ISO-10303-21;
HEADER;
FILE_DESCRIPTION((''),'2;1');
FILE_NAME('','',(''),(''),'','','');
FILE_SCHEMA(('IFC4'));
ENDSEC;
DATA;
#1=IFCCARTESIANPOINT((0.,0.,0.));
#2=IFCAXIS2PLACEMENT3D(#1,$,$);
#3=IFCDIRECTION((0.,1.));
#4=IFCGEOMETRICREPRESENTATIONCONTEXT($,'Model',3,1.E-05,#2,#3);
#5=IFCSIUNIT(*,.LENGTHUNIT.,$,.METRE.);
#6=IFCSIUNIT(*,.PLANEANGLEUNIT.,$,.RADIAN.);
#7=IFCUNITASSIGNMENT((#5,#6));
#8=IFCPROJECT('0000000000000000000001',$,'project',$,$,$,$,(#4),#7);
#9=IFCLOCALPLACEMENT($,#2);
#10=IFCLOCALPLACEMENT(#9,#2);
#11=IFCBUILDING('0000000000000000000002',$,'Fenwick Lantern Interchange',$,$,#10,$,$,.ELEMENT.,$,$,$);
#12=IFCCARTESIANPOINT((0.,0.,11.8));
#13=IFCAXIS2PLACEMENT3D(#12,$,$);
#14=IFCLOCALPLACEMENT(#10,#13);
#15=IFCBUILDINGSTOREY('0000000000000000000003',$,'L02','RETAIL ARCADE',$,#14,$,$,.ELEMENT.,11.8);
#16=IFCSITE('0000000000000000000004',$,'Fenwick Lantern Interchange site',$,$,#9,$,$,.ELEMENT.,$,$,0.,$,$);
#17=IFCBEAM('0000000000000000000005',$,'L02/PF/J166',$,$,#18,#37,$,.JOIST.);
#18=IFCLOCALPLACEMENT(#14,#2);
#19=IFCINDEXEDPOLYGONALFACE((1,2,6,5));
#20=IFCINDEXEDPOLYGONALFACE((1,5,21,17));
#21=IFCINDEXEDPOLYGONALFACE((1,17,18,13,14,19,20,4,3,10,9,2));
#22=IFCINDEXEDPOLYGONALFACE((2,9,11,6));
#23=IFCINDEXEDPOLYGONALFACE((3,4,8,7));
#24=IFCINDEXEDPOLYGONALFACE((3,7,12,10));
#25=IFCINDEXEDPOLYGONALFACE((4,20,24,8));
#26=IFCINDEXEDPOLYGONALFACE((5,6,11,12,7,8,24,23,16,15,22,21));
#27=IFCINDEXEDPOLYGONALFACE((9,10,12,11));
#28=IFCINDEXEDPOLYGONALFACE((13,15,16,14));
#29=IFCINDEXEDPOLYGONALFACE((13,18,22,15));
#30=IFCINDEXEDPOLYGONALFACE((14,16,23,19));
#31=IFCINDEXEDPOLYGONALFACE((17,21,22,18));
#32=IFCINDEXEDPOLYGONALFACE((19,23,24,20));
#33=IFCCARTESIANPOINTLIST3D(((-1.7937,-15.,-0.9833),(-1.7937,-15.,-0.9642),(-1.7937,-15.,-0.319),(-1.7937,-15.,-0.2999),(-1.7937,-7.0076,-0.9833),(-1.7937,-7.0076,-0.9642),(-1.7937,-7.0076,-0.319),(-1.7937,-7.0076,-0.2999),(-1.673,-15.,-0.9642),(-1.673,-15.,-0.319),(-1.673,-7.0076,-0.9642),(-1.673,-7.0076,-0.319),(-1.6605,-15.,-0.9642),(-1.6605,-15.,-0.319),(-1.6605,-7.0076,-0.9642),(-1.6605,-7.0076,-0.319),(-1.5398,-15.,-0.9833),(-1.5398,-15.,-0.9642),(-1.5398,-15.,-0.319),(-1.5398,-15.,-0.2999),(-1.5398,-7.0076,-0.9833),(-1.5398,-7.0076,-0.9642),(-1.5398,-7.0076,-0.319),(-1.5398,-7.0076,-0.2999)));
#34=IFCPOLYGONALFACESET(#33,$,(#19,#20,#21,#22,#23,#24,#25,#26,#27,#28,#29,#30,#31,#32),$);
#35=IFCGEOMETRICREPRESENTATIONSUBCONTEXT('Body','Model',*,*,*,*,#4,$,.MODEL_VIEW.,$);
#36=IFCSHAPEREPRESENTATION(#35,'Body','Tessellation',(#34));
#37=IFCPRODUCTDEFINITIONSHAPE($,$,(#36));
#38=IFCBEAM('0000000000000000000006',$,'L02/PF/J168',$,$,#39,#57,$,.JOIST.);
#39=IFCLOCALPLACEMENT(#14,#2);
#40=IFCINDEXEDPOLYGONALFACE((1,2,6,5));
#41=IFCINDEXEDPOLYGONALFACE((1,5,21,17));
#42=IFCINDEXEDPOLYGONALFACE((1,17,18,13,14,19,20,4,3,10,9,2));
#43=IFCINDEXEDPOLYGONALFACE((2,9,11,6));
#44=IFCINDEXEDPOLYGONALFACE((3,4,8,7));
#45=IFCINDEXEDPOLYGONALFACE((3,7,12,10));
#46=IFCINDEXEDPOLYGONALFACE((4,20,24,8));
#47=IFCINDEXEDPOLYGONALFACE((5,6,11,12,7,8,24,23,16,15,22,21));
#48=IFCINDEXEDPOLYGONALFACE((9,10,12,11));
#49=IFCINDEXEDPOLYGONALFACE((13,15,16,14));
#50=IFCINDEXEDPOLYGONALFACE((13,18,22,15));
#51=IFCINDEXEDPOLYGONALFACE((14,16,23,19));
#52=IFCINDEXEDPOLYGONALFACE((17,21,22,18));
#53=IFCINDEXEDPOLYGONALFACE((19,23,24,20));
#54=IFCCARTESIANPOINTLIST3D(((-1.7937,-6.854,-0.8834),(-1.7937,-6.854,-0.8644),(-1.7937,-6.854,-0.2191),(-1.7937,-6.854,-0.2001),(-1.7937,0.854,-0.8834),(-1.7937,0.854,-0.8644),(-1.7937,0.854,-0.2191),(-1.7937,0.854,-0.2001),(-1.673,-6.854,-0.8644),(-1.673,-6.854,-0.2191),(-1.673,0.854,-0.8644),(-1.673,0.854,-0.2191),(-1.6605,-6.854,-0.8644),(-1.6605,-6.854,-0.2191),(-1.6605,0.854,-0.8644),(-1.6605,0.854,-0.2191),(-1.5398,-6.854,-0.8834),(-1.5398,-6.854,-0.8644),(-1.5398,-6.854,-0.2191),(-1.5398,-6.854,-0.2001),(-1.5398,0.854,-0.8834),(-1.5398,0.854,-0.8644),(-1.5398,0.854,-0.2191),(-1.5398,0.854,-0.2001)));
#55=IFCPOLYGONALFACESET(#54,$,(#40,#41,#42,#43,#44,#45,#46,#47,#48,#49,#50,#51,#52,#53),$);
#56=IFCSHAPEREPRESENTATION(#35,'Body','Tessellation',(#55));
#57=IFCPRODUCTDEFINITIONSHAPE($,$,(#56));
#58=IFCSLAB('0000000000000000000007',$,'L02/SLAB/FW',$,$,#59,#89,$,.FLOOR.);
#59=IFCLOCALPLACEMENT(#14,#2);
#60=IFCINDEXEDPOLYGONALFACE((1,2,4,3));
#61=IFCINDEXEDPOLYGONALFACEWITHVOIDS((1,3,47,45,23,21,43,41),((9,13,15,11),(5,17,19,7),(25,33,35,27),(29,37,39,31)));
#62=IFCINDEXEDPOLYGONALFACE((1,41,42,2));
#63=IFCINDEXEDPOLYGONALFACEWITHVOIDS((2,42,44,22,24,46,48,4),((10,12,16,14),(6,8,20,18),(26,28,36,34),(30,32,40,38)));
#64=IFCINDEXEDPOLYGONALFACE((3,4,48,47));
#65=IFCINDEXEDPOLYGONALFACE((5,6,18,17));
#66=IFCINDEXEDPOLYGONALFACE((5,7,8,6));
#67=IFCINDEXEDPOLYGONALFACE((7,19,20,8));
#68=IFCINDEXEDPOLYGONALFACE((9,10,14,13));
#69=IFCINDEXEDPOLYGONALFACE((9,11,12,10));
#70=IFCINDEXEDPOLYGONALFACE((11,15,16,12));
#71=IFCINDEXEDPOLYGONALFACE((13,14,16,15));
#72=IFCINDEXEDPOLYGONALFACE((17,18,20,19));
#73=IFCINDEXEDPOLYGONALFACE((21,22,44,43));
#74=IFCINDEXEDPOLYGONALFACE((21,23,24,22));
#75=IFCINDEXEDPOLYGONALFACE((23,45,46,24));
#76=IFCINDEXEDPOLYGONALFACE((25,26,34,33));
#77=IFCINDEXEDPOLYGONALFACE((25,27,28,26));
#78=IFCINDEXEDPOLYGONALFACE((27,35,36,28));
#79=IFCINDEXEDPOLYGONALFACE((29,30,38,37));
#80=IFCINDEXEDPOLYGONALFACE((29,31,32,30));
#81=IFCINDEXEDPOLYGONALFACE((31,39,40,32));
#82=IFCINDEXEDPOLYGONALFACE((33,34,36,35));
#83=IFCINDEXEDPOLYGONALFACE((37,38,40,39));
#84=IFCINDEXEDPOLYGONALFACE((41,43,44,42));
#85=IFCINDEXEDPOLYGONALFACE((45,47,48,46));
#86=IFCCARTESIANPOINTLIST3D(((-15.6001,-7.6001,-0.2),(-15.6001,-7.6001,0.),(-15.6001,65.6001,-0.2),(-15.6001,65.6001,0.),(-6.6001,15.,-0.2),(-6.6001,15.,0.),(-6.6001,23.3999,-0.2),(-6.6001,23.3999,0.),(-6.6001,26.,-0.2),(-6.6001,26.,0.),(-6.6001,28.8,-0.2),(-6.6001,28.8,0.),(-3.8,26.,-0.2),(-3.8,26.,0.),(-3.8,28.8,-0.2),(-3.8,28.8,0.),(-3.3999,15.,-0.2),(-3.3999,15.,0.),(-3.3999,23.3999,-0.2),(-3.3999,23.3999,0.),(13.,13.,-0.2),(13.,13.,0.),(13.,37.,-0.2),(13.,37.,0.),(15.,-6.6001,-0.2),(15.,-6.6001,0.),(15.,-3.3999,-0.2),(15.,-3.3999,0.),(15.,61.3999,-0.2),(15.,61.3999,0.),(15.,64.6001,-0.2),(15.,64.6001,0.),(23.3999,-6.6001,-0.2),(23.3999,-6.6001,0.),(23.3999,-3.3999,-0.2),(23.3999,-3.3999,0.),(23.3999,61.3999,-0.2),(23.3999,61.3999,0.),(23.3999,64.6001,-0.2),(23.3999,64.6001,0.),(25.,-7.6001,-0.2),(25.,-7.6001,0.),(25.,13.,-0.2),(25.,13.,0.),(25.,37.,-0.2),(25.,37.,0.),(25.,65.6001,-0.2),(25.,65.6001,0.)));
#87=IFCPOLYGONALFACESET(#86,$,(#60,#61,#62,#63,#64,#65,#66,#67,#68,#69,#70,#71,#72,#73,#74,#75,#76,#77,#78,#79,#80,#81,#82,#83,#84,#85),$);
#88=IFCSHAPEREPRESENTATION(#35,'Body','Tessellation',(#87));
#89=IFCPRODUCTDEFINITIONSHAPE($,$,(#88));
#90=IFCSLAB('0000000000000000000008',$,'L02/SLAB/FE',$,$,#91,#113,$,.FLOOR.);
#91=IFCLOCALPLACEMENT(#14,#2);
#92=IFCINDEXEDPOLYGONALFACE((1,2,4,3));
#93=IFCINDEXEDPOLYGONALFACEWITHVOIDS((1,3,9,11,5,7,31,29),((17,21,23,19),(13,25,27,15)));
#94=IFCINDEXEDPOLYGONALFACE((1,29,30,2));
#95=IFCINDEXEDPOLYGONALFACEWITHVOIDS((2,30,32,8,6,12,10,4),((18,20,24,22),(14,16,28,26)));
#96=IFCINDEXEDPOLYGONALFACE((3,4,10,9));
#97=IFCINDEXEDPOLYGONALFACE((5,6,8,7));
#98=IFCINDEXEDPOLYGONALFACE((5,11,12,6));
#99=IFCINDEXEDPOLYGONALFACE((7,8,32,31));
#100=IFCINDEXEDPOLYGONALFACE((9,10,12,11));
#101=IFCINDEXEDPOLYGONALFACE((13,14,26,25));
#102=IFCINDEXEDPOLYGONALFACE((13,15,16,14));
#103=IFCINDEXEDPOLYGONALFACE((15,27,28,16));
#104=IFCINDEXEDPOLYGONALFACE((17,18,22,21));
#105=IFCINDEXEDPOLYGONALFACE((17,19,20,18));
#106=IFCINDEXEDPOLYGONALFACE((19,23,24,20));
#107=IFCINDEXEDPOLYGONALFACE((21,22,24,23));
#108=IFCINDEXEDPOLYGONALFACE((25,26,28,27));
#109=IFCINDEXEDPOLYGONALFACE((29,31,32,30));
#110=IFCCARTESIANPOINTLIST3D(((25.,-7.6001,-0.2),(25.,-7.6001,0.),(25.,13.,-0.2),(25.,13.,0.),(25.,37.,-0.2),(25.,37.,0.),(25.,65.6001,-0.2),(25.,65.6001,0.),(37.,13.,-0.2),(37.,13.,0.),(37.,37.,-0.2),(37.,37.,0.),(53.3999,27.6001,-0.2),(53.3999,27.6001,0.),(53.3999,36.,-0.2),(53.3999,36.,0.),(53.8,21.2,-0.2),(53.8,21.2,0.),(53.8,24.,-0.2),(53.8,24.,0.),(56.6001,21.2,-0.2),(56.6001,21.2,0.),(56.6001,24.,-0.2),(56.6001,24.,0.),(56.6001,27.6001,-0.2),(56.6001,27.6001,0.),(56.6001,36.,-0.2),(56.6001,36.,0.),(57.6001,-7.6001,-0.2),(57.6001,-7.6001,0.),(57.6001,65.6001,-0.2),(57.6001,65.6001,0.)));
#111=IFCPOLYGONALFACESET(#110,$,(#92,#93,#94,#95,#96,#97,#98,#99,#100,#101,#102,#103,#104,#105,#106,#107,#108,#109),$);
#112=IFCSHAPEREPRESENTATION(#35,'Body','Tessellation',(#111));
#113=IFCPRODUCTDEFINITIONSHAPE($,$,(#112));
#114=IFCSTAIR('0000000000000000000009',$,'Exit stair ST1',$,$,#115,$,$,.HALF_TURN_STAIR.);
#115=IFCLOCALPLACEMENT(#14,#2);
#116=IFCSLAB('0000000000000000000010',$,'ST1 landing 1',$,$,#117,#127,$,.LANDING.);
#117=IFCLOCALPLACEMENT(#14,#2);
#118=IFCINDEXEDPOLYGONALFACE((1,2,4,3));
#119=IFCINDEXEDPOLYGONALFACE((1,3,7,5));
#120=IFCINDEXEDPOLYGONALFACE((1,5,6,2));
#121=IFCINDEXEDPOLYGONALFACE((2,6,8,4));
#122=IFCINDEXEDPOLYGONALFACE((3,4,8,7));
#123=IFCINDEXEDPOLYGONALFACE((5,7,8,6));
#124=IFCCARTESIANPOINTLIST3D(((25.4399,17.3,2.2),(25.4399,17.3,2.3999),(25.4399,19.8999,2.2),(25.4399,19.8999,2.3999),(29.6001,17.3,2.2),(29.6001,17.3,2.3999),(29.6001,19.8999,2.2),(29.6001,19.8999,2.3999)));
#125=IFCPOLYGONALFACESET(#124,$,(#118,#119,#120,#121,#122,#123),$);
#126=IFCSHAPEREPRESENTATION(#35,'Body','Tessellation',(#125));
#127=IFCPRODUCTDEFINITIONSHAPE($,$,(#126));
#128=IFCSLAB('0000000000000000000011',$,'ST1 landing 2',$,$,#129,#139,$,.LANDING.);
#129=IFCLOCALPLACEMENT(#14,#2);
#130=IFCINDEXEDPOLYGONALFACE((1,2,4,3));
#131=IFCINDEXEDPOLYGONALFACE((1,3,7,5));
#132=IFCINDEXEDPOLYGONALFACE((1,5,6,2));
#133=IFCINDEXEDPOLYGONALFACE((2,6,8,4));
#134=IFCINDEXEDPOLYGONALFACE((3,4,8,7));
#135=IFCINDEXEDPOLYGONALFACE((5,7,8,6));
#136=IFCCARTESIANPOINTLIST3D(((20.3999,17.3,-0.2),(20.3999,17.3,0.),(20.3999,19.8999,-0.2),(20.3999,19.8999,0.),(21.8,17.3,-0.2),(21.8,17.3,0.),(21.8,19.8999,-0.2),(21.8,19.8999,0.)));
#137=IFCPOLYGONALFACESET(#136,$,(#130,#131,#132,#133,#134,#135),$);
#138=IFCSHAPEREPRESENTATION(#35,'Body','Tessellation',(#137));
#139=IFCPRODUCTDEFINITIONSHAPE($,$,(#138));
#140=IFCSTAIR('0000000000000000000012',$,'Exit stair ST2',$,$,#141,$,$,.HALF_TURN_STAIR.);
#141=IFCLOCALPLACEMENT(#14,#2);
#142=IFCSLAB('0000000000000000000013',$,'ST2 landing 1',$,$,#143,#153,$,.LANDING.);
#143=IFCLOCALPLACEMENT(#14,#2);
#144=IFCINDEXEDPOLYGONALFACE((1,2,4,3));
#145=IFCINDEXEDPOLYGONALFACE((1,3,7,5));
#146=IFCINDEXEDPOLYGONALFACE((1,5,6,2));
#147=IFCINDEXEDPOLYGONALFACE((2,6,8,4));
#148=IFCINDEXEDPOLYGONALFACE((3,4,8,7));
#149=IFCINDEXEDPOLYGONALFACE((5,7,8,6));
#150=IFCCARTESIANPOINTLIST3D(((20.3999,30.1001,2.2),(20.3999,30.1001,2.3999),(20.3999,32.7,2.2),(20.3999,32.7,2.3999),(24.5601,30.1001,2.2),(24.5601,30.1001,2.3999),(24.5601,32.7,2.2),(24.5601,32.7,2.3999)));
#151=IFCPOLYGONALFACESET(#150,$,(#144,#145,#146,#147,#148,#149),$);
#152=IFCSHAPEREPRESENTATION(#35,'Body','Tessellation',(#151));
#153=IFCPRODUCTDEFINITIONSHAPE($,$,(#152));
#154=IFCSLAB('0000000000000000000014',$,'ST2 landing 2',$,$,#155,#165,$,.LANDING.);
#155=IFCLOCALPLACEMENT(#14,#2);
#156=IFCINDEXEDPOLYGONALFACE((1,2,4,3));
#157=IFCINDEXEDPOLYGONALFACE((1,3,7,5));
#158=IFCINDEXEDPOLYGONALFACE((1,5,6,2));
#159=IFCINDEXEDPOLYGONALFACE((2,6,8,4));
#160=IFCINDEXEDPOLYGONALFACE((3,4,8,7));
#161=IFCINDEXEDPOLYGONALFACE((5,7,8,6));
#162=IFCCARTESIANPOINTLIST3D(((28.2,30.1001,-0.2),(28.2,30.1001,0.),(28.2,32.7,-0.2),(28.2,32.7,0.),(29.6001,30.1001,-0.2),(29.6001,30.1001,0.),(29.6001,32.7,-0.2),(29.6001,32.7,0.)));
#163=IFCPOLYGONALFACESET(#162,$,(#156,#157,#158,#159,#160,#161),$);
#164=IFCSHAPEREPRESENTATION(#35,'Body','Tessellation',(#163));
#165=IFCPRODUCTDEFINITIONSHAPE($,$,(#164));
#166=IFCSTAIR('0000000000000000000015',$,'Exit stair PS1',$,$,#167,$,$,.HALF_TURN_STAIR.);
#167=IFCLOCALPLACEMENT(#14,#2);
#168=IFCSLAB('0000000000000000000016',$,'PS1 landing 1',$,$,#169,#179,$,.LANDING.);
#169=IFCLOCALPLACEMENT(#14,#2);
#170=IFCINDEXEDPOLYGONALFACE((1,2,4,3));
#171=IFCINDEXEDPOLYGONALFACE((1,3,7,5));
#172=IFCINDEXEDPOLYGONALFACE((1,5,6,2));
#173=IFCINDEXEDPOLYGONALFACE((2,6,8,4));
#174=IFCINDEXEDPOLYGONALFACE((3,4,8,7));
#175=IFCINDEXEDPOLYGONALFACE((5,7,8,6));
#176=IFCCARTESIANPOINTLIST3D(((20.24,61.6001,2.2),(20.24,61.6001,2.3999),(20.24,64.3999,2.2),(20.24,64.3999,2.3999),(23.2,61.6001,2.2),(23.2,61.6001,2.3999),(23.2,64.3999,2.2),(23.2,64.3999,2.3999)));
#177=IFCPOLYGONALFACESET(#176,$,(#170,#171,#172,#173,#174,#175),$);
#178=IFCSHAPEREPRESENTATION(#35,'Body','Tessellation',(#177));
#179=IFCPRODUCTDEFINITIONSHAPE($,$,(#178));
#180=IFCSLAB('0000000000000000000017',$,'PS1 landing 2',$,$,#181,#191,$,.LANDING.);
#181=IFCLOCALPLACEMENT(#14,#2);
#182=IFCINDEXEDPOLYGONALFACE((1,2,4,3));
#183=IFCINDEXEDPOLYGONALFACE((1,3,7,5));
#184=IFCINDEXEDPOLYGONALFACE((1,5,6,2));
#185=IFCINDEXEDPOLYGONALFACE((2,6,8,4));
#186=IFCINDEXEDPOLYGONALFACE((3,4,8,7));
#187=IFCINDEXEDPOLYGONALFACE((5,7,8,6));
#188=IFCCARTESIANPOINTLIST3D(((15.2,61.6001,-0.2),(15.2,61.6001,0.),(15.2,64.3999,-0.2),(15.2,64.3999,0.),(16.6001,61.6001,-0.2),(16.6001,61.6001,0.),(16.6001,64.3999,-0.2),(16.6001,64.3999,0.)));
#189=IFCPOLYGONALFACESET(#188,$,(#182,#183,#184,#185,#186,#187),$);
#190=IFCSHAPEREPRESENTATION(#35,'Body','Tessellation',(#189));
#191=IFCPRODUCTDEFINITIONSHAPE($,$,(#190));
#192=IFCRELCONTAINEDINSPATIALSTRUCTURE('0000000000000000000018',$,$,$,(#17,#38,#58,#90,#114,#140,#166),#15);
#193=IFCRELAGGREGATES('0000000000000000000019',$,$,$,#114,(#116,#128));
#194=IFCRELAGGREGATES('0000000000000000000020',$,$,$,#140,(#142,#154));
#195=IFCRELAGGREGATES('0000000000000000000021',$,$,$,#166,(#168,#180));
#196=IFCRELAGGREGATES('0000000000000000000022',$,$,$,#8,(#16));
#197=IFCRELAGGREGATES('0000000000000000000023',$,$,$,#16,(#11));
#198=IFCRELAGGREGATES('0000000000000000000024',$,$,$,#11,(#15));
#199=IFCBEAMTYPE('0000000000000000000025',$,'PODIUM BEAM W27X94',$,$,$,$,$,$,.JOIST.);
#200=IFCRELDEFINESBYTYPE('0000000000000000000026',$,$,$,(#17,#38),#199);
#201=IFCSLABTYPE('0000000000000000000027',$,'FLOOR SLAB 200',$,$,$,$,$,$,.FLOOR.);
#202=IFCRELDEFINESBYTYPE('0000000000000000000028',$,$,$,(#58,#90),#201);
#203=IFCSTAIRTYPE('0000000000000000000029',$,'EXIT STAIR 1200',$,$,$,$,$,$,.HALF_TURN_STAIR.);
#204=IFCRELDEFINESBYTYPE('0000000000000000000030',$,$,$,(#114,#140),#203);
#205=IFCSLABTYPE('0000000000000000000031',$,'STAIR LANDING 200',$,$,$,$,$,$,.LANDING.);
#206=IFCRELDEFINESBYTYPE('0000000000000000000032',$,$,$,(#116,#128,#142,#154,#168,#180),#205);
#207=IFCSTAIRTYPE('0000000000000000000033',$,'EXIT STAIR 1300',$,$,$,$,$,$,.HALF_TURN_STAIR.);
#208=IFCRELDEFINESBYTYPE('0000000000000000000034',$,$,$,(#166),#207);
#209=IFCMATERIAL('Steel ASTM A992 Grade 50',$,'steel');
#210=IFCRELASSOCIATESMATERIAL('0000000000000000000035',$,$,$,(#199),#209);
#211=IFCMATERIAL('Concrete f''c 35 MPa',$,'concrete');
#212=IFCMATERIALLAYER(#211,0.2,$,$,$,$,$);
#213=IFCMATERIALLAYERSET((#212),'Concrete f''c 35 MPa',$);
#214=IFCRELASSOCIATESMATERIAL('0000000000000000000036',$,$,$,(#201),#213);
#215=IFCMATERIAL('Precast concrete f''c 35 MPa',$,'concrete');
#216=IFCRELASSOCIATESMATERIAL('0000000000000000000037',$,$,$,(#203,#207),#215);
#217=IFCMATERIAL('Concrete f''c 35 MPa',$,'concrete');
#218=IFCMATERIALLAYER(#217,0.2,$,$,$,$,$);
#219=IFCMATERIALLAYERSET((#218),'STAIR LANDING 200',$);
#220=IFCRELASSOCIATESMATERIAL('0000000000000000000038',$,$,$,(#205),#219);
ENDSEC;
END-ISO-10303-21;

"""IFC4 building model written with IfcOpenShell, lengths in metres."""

from ifc_helpers import new_model, si_unit, direction, frame, origin, origin_2d, place, context, subcontext, project, spatial, polyline, i_section, outline, extrude, material, layer, layer_set, material_profile, profile_set, type_object, element, aggregate, save


model = new_model("IFC4")

# Units and contexts
model_context = context("Model", 3, precision=1e-05, world=origin(), true_north=direction((0.0, 1.0)))
body_context = subcontext(model_context, "Body", "Model", "MODEL_VIEW")
ifc_project = project(units=[si_unit("LENGTHUNIT", "METRE"), si_unit("PLANEANGLEUNIT", "RADIAN")], contexts=[model_context])

# Site, building, storey
site_placement = place(None, origin())
site = spatial("IfcSite", under=ifc_project, at=site_placement, Name="Fenwick Lantern Interchange site", CompositionType="ELEMENT", RefElevation=0.0)
building_placement = place(site_placement, origin())
building = spatial("IfcBuilding", under=site, at=building_placement, Name="Fenwick Lantern Interchange", CompositionType="ELEMENT")
storey_placement = place(building_placement, frame((0.0, 0.0, 11.8)))
storey = spatial("IfcBuildingStorey", under=building, at=storey_placement, Name="L02", Description="RETAIL ARCADE", CompositionType="ELEMENT", Elevation=11.8)

# Beams
ifc_material_1 = material(Name="Steel ASTM A992 Grade 50", Category="steel")
ifc_material_profile = material_profile(ifc_material_1, i_section(OverallWidth=0.2539, OverallDepth=0.6833, WebThickness=0.0125, FlangeThickness=0.019, at=origin_2d()), Name="W27X94")
ifc_profile_set = profile_set([ifc_material_profile], Name="Steel ASTM A992 Grade 50")
beam_type = type_object("IfcBeamType", Name="PODIUM BEAM W27X94", PredefinedType="JOIST", material=ifc_profile_set)
beam_1_placement = place(storey_placement, frame((-1.6667, -15.0, -0.6416), z_axis=(0.0, 1.0, 0.0), x_axis=(-1.0, 0.0, 0.0)))
element("IfcBeam", 1, at=beam_1_placement, inside=storey, type_object=beam_type, Name="L02/PF/J166", PredefinedType="JOIST", context=body_context, shape_type="SweptSolid", body=[
    extrude(i_section(OverallWidth=0.2539, OverallDepth=0.6833, WebThickness=0.0125, FlangeThickness=0.019, at=origin_2d()), origin(), (0.0, 0.0, 1.0), 7.9924),
])
beam_2_placement = place(storey_placement, frame((-1.6667, -6.854, -0.5417), z_axis=(0.0, 1.0, 0.0), x_axis=(-1.0, 0.0, 0.0)))
element("IfcBeam", 2, at=beam_2_placement, inside=storey, type_object=beam_type, Name="L02/PF/J168", PredefinedType="JOIST", context=body_context, shape_type="SweptSolid", body=[
    extrude(i_section(OverallWidth=0.2539, OverallDepth=0.6833, WebThickness=0.0125, FlangeThickness=0.019, at=origin_2d()), origin(), (0.0, 0.0, 1.0), 7.708),
])

# Slabs
ifc_material_2 = material(Name="Concrete f'c 35 MPa", Category="concrete")
ifc_layer_1 = layer(ifc_material_2, 0.2)
ifc_layer_set_1 = layer_set([ifc_layer_1], Name="Concrete f'c 35 MPa")
slab_type_1 = type_object("IfcSlabType", Name="FLOOR SLAB 200", PredefinedType="FLOOR", material=ifc_layer_set_1)
slab_1_placement = place(storey_placement, frame((0.0, 0.0, -0.2)))
element("IfcSlab", 3, at=slab_1_placement, inside=storey, type_object=slab_type_1, Name="L02/SLAB/FW", PredefinedType="FLOOR", context=body_context, shape_type="SweptSolid", body=[
    extrude(outline(polyline([(-15.6001, -7.6001), (-15.6001, 65.6001), (25.0, 65.6001), (25.0, 37.0), (13.0, 37.0), (13.0, 13.0), (25.0, 13.0), (25.0, -7.6001), (-15.6001, -7.6001)]), holes=[polyline([(23.3999, 61.3999), (23.3999, 64.6001), (15.0, 64.6001), (15.0, 61.3999), (23.3999, 61.3999)]), polyline([(23.3999, -6.6001), (23.3999, -3.3999), (15.0, -3.3999), (15.0, -6.6001), (23.3999, -6.6001)]), polyline([(-3.3999, 15.0), (-3.3999, 23.3999), (-6.6001, 23.3999), (-6.6001, 15.0), (-3.3999, 15.0)]), polyline([(-3.8, 26.0), (-3.8, 28.8), (-6.6001, 28.8), (-6.6001, 26.0), (-3.8, 26.0)])]), origin(), (0.0, 0.0, 1.0), 0.2),
])
slab_2_placement = place(storey_placement, frame((0.0, 0.0, -0.2)))
element("IfcSlab", 4, at=slab_2_placement, inside=storey, type_object=slab_type_1, Name="L02/SLAB/FE", PredefinedType="FLOOR", context=body_context, shape_type="SweptSolid", body=[
    extrude(outline(polyline([(57.6001, 65.6001), (57.6001, -7.6001), (25.0, -7.6001), (25.0, 13.0), (37.0, 13.0), (37.0, 37.0), (25.0, 37.0), (25.0, 65.6001), (57.6001, 65.6001)]), holes=[polyline([(56.6001, 27.6001), (56.6001, 36.0), (53.3999, 36.0), (53.3999, 27.6001), (56.6001, 27.6001)]), polyline([(56.6001, 21.2), (56.6001, 24.0), (53.8, 24.0), (53.8, 21.2), (56.6001, 21.2)])]), origin(), (0.0, 0.0, 1.0), 0.2),
])

# Stairs, slabs
ifc_material_3 = material(Name="Precast concrete f'c 35 MPa", Category="concrete")
stair_type_1 = type_object("IfcStairType", Name="EXIT STAIR 1200", PredefinedType="HALF_TURN_STAIR", material=ifc_material_3)
stair_1_placement = place(storey_placement, origin())
stair_1 = element("IfcStair", 5, at=stair_1_placement, inside=storey, type_object=stair_type_1, Name="Exit stair ST1", PredefinedType="HALF_TURN_STAIR")
ifc_material_4 = material(Name="Concrete f'c 35 MPa", Category="concrete")
ifc_layer_2 = layer(ifc_material_4, 0.2)
ifc_layer_set_2 = layer_set([ifc_layer_2], Name="STAIR LANDING 200")
slab_type_2 = type_object("IfcSlabType", Name="STAIR LANDING 200", PredefinedType="LANDING", material=ifc_layer_set_2)
slab_3_placement = place(storey_placement, frame((0.0, 0.0, 2.2)))
slab_3 = element("IfcSlab", 6, at=slab_3_placement, type_object=slab_type_2, Name="ST1 landing 1", PredefinedType="LANDING", context=body_context, shape_type="SweptSolid", body=[
    extrude(outline(polyline([(25.4399, 17.3), (29.6001, 17.3), (29.6001, 19.8999), (25.4399, 19.8999), (25.4399, 17.3)])), origin(), (0.0, 0.0, 1.0), 0.2),
])
slab_4_placement = place(storey_placement, frame((0.0, 0.0, -0.2)))
slab_4 = element("IfcSlab", 7, at=slab_4_placement, type_object=slab_type_2, Name="ST1 landing 2", PredefinedType="LANDING", context=body_context, shape_type="SweptSolid", body=[
    extrude(outline(polyline([(20.3999, 17.3), (21.8, 17.3), (21.8, 19.8999), (20.3999, 19.8999), (20.3999, 17.3)])), origin(), (0.0, 0.0, 1.0), 0.2),
])
aggregate(stair_1, [slab_3, slab_4])
stair_2_placement = place(storey_placement, origin())
stair_2 = element("IfcStair", 8, at=stair_2_placement, inside=storey, type_object=stair_type_1, Name="Exit stair ST2", PredefinedType="HALF_TURN_STAIR")
slab_5_placement = place(storey_placement, frame((0.0, 0.0, 2.2)))
slab_5 = element("IfcSlab", 9, at=slab_5_placement, type_object=slab_type_2, Name="ST2 landing 1", PredefinedType="LANDING", context=body_context, shape_type="SweptSolid", body=[
    extrude(outline(polyline([(24.5601, 32.7), (20.3999, 32.7), (20.3999, 30.1001), (24.5601, 30.1001), (24.5601, 32.7)])), origin(), (0.0, 0.0, 1.0), 0.2),
])
slab_6_placement = place(storey_placement, frame((0.0, 0.0, -0.2)))
slab_6 = element("IfcSlab", 10, at=slab_6_placement, type_object=slab_type_2, Name="ST2 landing 2", PredefinedType="LANDING", context=body_context, shape_type="SweptSolid", body=[
    extrude(outline(polyline([(29.6001, 32.7), (28.2, 32.7), (28.2, 30.1001), (29.6001, 30.1001), (29.6001, 32.7)])), origin(), (0.0, 0.0, 1.0), 0.2),
])
aggregate(stair_2, [slab_5, slab_6])
stair_type_2 = type_object("IfcStairType", Name="EXIT STAIR 1300", PredefinedType="HALF_TURN_STAIR", material=ifc_material_3)
stair_3_placement = place(storey_placement, origin())
stair_3 = element("IfcStair", 11, at=stair_3_placement, inside=storey, type_object=stair_type_2, Name="Exit stair PS1", PredefinedType="HALF_TURN_STAIR")
slab_7_placement = place(storey_placement, frame((0.0, 0.0, 2.2)))
slab_7 = element("IfcSlab", 12, at=slab_7_placement, type_object=slab_type_2, Name="PS1 landing 1", PredefinedType="LANDING", context=body_context, shape_type="SweptSolid", body=[
    extrude(outline(polyline([(20.24, 61.6001), (23.2, 61.6001), (23.2, 64.3999), (20.24, 64.3999), (20.24, 61.6001)])), origin(), (0.0, 0.0, 1.0), 0.2),
])
slab_8_placement = place(storey_placement, frame((0.0, 0.0, -0.2)))
slab_8 = element("IfcSlab", 13, at=slab_8_placement, type_object=slab_type_2, Name="PS1 landing 2", PredefinedType="LANDING", context=body_context, shape_type="SweptSolid", body=[
    extrude(outline(polyline([(15.2, 61.6001), (16.6001, 61.6001), (16.6001, 64.3999), (15.2, 64.3999), (15.2, 61.6001)])), origin(), (0.0, 0.0, 1.0), 0.2),
])
aggregate(stair_3, [slab_7, slab_8])

save(model, "model.ifc")
